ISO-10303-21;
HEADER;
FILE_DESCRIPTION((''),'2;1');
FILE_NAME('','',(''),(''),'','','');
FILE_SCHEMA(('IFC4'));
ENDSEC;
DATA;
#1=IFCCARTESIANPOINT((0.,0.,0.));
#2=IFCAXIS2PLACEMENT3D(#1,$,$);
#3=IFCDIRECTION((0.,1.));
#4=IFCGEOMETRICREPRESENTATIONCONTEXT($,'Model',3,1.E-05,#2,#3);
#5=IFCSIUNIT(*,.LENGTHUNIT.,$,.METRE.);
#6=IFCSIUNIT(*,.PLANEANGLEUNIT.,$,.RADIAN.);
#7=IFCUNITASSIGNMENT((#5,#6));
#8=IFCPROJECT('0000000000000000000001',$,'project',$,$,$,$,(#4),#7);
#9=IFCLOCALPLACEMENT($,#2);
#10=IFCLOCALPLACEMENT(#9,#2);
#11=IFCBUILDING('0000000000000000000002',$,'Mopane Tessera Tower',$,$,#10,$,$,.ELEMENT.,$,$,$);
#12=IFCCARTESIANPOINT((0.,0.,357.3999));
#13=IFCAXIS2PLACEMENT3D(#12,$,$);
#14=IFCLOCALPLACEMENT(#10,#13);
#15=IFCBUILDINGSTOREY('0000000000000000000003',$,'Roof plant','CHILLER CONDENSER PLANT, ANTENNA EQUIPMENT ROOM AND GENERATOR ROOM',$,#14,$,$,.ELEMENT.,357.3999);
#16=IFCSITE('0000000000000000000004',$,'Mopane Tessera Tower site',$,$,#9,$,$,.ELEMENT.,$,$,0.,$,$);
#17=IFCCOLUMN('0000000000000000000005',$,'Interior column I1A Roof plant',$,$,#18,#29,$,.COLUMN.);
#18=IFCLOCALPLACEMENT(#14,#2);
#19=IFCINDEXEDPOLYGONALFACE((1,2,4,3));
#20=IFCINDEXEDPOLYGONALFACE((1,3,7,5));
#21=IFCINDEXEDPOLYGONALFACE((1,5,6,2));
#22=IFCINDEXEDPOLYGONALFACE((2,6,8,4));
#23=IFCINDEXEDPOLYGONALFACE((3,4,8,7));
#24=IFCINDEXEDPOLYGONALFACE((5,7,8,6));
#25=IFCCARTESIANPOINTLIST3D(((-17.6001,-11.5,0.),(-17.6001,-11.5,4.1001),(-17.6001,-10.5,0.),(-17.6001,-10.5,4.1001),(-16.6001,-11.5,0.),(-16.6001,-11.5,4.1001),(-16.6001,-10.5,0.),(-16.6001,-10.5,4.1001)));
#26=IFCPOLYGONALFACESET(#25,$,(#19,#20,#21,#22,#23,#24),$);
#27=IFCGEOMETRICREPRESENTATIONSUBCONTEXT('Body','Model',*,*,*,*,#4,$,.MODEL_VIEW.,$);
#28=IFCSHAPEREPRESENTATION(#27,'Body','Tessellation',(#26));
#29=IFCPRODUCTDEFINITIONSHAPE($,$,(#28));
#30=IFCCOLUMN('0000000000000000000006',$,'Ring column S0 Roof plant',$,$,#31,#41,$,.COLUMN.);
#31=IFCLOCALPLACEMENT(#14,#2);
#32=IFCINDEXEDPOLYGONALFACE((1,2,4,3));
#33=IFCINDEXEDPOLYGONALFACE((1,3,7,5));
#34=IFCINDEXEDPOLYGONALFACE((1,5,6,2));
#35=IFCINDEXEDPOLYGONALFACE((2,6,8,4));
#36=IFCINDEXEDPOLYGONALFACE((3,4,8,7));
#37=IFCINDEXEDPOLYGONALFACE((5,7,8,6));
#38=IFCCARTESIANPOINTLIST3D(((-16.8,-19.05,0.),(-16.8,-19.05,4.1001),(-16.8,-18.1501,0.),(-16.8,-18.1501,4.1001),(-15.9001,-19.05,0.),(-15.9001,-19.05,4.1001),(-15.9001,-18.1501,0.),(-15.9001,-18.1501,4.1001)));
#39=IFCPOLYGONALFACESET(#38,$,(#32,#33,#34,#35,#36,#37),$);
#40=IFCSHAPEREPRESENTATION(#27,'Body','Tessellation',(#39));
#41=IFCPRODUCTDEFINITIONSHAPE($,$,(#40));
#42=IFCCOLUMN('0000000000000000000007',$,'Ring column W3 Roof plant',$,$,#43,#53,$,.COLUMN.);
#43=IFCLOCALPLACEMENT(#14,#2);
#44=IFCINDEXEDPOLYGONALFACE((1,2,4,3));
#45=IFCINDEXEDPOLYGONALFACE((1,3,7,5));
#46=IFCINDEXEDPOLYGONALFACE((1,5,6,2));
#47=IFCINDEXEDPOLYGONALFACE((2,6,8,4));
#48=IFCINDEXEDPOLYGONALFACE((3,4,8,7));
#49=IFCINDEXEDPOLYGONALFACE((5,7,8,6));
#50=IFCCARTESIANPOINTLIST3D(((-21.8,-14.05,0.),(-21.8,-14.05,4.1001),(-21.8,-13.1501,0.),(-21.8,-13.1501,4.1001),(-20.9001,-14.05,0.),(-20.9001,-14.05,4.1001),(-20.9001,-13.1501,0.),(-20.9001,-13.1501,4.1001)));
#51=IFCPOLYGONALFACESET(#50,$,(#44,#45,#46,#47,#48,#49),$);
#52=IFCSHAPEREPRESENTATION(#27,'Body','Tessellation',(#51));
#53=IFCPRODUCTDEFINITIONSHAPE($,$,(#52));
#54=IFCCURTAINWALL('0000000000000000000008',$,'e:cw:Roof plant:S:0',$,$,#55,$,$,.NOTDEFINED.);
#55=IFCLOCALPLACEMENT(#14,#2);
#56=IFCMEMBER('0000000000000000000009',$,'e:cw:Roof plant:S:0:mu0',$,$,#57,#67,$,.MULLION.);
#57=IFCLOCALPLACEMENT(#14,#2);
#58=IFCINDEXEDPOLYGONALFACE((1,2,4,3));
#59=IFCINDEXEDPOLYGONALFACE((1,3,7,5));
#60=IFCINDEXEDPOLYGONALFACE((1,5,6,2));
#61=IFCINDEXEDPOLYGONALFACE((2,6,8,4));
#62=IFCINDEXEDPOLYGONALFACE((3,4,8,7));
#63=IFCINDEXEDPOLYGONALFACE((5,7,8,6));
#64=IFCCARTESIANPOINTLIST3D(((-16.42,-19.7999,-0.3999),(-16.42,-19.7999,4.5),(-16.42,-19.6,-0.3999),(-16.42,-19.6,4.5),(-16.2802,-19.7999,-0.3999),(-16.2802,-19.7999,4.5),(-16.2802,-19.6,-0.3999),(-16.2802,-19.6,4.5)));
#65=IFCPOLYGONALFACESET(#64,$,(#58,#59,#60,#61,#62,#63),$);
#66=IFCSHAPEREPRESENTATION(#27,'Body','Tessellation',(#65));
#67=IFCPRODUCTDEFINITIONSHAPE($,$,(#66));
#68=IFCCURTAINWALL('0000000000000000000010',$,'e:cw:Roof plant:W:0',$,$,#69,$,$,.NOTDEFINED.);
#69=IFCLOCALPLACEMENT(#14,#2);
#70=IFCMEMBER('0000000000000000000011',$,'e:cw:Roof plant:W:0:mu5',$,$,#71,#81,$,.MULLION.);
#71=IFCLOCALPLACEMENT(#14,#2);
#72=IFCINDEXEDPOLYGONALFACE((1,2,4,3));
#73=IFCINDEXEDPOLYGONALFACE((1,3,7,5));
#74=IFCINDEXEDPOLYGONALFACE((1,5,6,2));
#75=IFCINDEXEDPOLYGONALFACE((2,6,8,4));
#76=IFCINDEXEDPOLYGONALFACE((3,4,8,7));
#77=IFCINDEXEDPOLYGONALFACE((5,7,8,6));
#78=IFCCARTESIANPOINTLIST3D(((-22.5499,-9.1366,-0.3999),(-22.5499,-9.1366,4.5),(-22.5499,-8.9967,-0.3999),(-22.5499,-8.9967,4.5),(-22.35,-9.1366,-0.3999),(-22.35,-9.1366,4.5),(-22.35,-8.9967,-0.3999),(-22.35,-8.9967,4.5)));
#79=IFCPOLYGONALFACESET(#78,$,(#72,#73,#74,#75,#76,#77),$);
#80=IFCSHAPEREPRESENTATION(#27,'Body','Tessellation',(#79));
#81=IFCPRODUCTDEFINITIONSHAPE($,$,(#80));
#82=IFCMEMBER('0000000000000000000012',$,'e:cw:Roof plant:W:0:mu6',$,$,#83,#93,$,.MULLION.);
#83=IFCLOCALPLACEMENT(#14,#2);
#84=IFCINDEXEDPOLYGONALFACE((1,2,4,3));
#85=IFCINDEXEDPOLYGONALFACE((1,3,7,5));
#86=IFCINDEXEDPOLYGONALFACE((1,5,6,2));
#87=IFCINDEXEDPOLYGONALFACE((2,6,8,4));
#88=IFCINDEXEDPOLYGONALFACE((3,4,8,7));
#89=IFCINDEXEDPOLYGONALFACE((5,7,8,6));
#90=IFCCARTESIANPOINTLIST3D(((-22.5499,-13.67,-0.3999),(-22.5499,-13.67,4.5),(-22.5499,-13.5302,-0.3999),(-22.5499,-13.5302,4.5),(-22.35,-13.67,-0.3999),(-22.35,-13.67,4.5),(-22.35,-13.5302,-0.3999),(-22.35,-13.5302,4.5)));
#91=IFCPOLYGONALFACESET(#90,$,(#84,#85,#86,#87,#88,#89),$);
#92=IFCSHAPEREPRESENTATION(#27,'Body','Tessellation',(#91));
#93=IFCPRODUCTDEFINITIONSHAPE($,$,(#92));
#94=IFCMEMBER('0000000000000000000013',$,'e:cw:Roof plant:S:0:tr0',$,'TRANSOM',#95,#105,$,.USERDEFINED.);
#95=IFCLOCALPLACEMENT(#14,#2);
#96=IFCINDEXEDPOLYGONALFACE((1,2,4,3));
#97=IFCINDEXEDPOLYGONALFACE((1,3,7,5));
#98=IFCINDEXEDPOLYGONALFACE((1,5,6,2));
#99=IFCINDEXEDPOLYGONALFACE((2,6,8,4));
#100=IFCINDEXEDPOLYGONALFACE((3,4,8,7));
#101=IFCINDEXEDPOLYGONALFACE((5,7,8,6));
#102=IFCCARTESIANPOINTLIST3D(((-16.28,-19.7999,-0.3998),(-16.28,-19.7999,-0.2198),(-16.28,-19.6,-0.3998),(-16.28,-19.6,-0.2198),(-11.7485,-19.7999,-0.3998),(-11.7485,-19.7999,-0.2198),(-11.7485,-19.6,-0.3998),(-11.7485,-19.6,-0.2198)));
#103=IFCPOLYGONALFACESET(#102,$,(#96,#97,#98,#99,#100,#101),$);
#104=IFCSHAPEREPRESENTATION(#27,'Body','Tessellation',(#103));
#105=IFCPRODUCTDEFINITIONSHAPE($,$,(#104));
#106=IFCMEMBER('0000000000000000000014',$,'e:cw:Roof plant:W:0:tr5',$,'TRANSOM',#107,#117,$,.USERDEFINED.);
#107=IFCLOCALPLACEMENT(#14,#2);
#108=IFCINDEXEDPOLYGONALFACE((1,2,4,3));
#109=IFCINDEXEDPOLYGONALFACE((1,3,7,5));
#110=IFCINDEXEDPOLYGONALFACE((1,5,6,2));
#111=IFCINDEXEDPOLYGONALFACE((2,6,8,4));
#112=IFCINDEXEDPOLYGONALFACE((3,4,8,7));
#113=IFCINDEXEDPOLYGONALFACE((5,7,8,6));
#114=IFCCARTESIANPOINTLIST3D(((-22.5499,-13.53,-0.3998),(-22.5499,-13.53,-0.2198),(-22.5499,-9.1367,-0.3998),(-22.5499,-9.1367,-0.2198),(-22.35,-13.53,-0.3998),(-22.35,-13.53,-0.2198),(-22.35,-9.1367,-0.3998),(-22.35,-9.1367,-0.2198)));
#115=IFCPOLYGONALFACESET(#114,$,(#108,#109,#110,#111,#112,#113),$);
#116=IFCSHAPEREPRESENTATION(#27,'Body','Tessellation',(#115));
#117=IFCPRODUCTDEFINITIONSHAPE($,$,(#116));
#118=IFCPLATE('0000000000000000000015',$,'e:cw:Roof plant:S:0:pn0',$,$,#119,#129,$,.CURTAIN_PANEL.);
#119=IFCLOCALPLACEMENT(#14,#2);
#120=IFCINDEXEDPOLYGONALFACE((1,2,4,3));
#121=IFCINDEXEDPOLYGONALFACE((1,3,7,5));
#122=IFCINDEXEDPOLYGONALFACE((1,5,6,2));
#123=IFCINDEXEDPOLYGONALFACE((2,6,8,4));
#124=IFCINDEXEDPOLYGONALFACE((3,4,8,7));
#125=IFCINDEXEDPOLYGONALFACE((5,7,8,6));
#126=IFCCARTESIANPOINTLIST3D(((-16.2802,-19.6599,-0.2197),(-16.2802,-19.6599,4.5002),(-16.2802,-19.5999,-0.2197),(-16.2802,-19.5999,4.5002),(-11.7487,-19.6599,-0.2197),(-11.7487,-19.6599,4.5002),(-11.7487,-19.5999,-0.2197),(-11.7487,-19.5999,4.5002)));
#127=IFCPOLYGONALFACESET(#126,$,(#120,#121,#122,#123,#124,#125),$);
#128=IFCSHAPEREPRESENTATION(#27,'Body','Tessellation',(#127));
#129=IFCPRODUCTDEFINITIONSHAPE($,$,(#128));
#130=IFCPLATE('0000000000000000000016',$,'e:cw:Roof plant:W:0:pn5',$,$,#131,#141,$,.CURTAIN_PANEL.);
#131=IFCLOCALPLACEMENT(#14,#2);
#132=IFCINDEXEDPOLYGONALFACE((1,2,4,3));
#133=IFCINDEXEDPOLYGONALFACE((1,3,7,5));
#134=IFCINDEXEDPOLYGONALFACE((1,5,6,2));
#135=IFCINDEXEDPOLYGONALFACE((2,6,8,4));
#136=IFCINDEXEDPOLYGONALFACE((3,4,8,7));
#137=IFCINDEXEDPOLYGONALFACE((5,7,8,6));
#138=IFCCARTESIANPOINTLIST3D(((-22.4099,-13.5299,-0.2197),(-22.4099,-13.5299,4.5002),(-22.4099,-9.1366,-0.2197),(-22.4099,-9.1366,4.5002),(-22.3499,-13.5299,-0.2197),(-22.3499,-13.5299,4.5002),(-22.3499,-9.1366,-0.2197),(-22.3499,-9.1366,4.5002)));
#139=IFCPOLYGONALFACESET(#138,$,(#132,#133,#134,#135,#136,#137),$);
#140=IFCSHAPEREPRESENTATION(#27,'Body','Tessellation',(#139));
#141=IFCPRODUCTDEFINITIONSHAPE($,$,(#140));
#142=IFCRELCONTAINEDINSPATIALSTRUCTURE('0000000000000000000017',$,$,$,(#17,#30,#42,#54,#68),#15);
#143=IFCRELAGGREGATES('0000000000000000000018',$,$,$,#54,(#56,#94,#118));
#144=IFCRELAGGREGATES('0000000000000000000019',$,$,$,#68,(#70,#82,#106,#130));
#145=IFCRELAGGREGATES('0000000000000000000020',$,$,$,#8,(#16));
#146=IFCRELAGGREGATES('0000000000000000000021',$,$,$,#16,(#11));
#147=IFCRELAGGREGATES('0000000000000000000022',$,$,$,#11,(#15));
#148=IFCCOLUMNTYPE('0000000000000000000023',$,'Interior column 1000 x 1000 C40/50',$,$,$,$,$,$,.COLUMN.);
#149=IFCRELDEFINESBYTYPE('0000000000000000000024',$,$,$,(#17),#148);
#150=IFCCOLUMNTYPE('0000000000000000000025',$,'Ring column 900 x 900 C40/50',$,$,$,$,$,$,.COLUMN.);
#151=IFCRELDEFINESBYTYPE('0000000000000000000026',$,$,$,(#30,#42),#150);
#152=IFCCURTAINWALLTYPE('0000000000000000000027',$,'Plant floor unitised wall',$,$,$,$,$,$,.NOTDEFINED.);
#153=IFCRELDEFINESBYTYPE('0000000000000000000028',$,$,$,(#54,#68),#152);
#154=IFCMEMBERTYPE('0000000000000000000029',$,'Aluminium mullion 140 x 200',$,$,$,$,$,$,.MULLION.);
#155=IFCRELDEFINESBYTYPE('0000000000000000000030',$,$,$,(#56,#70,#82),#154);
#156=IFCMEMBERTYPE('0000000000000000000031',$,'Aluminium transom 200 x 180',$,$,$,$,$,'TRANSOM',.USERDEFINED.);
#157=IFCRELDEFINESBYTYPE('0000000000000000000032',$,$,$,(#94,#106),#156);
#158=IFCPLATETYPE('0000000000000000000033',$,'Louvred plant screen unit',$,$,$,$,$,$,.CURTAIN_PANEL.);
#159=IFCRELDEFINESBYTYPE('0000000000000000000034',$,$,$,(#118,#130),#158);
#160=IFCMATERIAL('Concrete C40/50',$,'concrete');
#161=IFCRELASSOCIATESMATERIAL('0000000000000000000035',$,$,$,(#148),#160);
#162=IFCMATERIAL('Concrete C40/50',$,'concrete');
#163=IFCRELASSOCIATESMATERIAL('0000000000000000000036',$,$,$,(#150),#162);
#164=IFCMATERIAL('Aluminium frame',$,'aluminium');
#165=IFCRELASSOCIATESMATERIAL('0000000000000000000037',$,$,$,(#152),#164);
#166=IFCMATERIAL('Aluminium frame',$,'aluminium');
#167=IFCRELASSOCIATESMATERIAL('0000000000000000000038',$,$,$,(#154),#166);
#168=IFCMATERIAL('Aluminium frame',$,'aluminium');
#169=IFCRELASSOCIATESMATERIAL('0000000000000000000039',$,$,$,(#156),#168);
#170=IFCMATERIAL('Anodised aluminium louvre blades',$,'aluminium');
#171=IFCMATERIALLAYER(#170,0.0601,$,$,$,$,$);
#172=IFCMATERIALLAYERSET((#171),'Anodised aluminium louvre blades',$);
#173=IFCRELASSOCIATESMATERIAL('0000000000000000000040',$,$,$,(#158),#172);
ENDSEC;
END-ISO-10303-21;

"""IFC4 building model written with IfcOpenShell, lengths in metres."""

from ifc_helpers import new_model, si_unit, direction, frame, origin, origin_2d, place, context, subcontext, project, spatial, rectangle, extrude, material, layer, layer_set, material_profile, profile_set, type_object, element, aggregate, save


model = new_model("IFC4")

# Units and contexts
model_context = context("Model", 3, precision=1e-05, world=origin(), true_north=direction((0.0, 1.0)))
body_context = subcontext(model_context, "Body", "Model", "MODEL_VIEW")
ifc_project = project(units=[si_unit("LENGTHUNIT", "METRE"), si_unit("PLANEANGLEUNIT", "RADIAN")], contexts=[model_context])

# Site, building, storey
site_placement = place(None, origin())
site = spatial("IfcSite", under=ifc_project, at=site_placement, Name="Mopane Tessera Tower site", CompositionType="ELEMENT", RefElevation=0.0)
building_placement = place(site_placement, origin())
building = spatial("IfcBuilding", under=site, at=building_placement, Name="Mopane Tessera Tower", CompositionType="ELEMENT")
storey_placement = place(building_placement, frame((0.0, 0.0, 357.3999)))
storey = spatial("IfcBuildingStorey", under=building, at=storey_placement, Name="Roof plant", Description="CHILLER CONDENSER PLANT, ANTENNA EQUIPMENT ROOM AND GENERATOR ROOM", CompositionType="ELEMENT", Elevation=357.3999)

# Columns
ifc_material_1 = material(Name="Concrete C40/50", Category="concrete")
ifc_material_profile_1 = material_profile(ifc_material_1, rectangle(XDim=1.0, YDim=1.0, at=origin_2d()))
ifc_profile_set_1 = profile_set([ifc_material_profile_1], Name="Concrete C40/50")
column_type_1 = type_object("IfcColumnType", Name="Interior column 1000 x 1000 C40/50", PredefinedType="COLUMN", material=ifc_profile_set_1)
column_placement = place(storey_placement, frame((-17.1001, -11.0, 0.0), z_axis=(0.0, 0.0, 1.0), x_axis=(1.0, 0.0, 0.0)))
element("IfcColumn", 1, at=column_placement, inside=storey, type_object=column_type_1, Name="Interior column I1A Roof plant", PredefinedType="COLUMN", context=body_context, shape_type="SweptSolid", body=[
    extrude(rectangle(XDim=1.0, YDim=1.0, at=origin_2d()), origin(), (0.0, 0.0, 1.0), 4.1001),
])
ifc_material_2 = material(Name="Concrete C40/50", Category="concrete")
ifc_material_profile_2 = material_profile(ifc_material_2, rectangle(XDim=0.8999, YDim=0.8999, at=origin_2d()))
ifc_profile_set_2 = profile_set([ifc_material_profile_2], Name="Concrete C40/50")
column_type_2 = type_object("IfcColumnType", Name="Ring column 900 x 900 C40/50", PredefinedType="COLUMN", material=ifc_profile_set_2)
for number, where, z_axis, x_axis, name in (
    (2, (-16.3501, -18.6001, 0.0), (0.0, 0.0, 1.0), (1.0, 0.0, 0.0), "Ring column S0 Roof plant"),
    (3, (-21.3501, -13.6001, 0.0), (0.0, 0.0, 1.0), (1.0, 0.0, 0.0), "Ring column W3 Roof plant"),
):
    element("IfcColumn", number, at=place(storey_placement, frame(where, z_axis=z_axis, x_axis=x_axis)), inside=storey, type_object=column_type_2, Name=name, PredefinedType="COLUMN", context=body_context, shape_type="SweptSolid", body=[
        extrude(rectangle(XDim=0.8999, YDim=0.8999, at=origin_2d()), origin(), (0.0, 0.0, 1.0), 4.1001),
    ])

# Curtain wall, member
ifc_material_3 = material(Name="Aluminium frame", Category="aluminium")
curtain_wall_type = type_object("IfcCurtainWallType", Name="Plant floor unitised wall", PredefinedType="NOTDEFINED", material=ifc_material_3)
curtain_wall_1_placement = place(storey_placement, origin())
curtain_wall_1 = element("IfcCurtainWall", 4, at=curtain_wall_1_placement, inside=storey, type_object=curtain_wall_type, Name="e:cw:Roof plant:S:0", PredefinedType="NOTDEFINED")
ifc_material_4 = material(Name="Aluminium frame", Category="aluminium")
ifc_material_profile_3 = material_profile(ifc_material_4, rectangle(XDim=0.1399, YDim=0.2, at=origin_2d()))
ifc_profile_set_3 = profile_set([ifc_material_profile_3], Name="Aluminium frame")
member_type_1 = type_object("IfcMemberType", Name="Aluminium mullion 140 x 200", PredefinedType="MULLION", material=ifc_profile_set_3)
member_1_placement = place(storey_placement, frame((-16.3501, -19.7, -0.3999), z_axis=(0.0, 0.0, 1.0), x_axis=(1.0, 0.0, 0.0)))
member_1 = element("IfcMember", 5, at=member_1_placement, type_object=member_type_1, Name="e:cw:Roof plant:S:0:mu0", PredefinedType="MULLION", context=body_context, shape_type="SweptSolid", body=[
    extrude(rectangle(XDim=0.1399, YDim=0.2, at=origin_2d()), origin(), (0.0, 0.0, 1.0), 4.8999),
])

# Curtain wall, members
curtain_wall_2_placement = place(storey_placement, origin())
curtain_wall_2 = element("IfcCurtainWall", 6, at=curtain_wall_2_placement, inside=storey, type_object=curtain_wall_type, Name="e:cw:Roof plant:W:0", PredefinedType="NOTDEFINED")
member_2_placement = place(storey_placement, frame((-22.45, -9.0667, -0.3999), z_axis=(0.0, 0.0, 1.0), x_axis=(0.0, -1.0, 0.0)))
member_2 = element("IfcMember", 7, at=member_2_placement, type_object=member_type_1, Name="e:cw:Roof plant:W:0:mu5", PredefinedType="MULLION", context=body_context, shape_type="SweptSolid", body=[
    extrude(rectangle(XDim=0.1399, YDim=0.2, at=origin_2d()), origin(), (0.0, 0.0, 1.0), 4.8999),
])
member_3_placement = place(storey_placement, frame((-22.45, -13.6001, -0.3999), z_axis=(0.0, 0.0, 1.0), x_axis=(0.0, -1.0, 0.0)))
member_3 = element("IfcMember", 8, at=member_3_placement, type_object=member_type_1, Name="e:cw:Roof plant:W:0:mu6", PredefinedType="MULLION", context=body_context, shape_type="SweptSolid", body=[
    extrude(rectangle(XDim=0.1399, YDim=0.2, at=origin_2d()), origin(), (0.0, 0.0, 1.0), 4.8999),
])

# Members
ifc_material_5 = material(Name="Aluminium frame", Category="aluminium")
ifc_material_profile_4 = material_profile(ifc_material_5, rectangle(XDim=0.2, YDim=0.1799, at=origin_2d()))
ifc_profile_set_4 = profile_set([ifc_material_profile_4], Name="Aluminium frame")
member_type_2 = type_object("IfcMemberType", Name="Aluminium transom 200 x 180", ElementType="TRANSOM", PredefinedType="USERDEFINED", material=ifc_profile_set_4)
member_4_placement = place(storey_placement, frame((-16.28, -19.7, -0.3098), z_axis=(1.0, 0.0, 0.0), x_axis=(0.0, 1.0, 0.0)))
member_4 = element("IfcMember", 9, at=member_4_placement, type_object=member_type_2, Name="e:cw:Roof plant:S:0:tr0", ObjectType="TRANSOM", PredefinedType="USERDEFINED", context=body_context, shape_type="SweptSolid", body=[
    extrude(rectangle(XDim=0.2, YDim=0.1799, at=origin_2d()), origin(), (0.0, 0.0, 1.0), 4.5315),
])
member_5_placement = place(storey_placement, frame((-22.45, -9.1367, -0.3098), z_axis=(0.0, -1.0, 0.0), x_axis=(1.0, 0.0, 0.0)))
member_5 = element("IfcMember", 10, at=member_5_placement, type_object=member_type_2, Name="e:cw:Roof plant:W:0:tr5", ObjectType="TRANSOM", PredefinedType="USERDEFINED", context=body_context, shape_type="SweptSolid", body=[
    extrude(rectangle(XDim=0.2, YDim=0.1799, at=origin_2d()), origin(), (0.0, 0.0, 1.0), 4.3933),
])

# Plates
ifc_material_6 = material(Name="Anodised aluminium louvre blades", Category="aluminium")
ifc_layer_1 = layer(ifc_material_6, 0.0601)
ifc_layer_set_1 = layer_set([ifc_layer_1], Name="Anodised aluminium louvre blades")
plate_type = type_object("IfcPlateType", Name="Louvred plant screen unit", PredefinedType="CURTAIN_PANEL", material=ifc_layer_set_1)
plate_1_placement = place(storey_placement, frame((-14.0144, -19.6299, -0.2197), z_axis=(0.0, 0.0, 1.0), x_axis=(1.0, 0.0, 0.0)))
plate_1 = element("IfcPlate", 11, at=plate_1_placement, type_object=plate_type, Name="e:cw:Roof plant:S:0:pn0", PredefinedType="CURTAIN_PANEL", context=body_context, shape_type="SweptSolid", body=[
    extrude(rectangle(XDim=4.5315, YDim=0.0601, at=origin_2d()), origin(), (0.0, 0.0, 1.0), 4.72),
])
aggregate(curtain_wall_1, [member_1, member_4, plate_1])
plate_2_placement = place(storey_placement, frame((-22.3799, -11.3333, -0.2197), z_axis=(0.0, 0.0, 1.0), x_axis=(0.0, -1.0, 0.0)))
plate_2 = element("IfcPlate", 12, at=plate_2_placement, type_object=plate_type, Name="e:cw:Roof plant:W:0:pn5", PredefinedType="CURTAIN_PANEL", context=body_context, shape_type="SweptSolid", body=[
    extrude(rectangle(XDim=4.3933, YDim=0.0601, at=origin_2d()), origin(), (0.0, 0.0, 1.0), 4.72),
])
aggregate(curtain_wall_2, [member_2, member_3, member_5, plate_2])

save(model, "model.ifc")
